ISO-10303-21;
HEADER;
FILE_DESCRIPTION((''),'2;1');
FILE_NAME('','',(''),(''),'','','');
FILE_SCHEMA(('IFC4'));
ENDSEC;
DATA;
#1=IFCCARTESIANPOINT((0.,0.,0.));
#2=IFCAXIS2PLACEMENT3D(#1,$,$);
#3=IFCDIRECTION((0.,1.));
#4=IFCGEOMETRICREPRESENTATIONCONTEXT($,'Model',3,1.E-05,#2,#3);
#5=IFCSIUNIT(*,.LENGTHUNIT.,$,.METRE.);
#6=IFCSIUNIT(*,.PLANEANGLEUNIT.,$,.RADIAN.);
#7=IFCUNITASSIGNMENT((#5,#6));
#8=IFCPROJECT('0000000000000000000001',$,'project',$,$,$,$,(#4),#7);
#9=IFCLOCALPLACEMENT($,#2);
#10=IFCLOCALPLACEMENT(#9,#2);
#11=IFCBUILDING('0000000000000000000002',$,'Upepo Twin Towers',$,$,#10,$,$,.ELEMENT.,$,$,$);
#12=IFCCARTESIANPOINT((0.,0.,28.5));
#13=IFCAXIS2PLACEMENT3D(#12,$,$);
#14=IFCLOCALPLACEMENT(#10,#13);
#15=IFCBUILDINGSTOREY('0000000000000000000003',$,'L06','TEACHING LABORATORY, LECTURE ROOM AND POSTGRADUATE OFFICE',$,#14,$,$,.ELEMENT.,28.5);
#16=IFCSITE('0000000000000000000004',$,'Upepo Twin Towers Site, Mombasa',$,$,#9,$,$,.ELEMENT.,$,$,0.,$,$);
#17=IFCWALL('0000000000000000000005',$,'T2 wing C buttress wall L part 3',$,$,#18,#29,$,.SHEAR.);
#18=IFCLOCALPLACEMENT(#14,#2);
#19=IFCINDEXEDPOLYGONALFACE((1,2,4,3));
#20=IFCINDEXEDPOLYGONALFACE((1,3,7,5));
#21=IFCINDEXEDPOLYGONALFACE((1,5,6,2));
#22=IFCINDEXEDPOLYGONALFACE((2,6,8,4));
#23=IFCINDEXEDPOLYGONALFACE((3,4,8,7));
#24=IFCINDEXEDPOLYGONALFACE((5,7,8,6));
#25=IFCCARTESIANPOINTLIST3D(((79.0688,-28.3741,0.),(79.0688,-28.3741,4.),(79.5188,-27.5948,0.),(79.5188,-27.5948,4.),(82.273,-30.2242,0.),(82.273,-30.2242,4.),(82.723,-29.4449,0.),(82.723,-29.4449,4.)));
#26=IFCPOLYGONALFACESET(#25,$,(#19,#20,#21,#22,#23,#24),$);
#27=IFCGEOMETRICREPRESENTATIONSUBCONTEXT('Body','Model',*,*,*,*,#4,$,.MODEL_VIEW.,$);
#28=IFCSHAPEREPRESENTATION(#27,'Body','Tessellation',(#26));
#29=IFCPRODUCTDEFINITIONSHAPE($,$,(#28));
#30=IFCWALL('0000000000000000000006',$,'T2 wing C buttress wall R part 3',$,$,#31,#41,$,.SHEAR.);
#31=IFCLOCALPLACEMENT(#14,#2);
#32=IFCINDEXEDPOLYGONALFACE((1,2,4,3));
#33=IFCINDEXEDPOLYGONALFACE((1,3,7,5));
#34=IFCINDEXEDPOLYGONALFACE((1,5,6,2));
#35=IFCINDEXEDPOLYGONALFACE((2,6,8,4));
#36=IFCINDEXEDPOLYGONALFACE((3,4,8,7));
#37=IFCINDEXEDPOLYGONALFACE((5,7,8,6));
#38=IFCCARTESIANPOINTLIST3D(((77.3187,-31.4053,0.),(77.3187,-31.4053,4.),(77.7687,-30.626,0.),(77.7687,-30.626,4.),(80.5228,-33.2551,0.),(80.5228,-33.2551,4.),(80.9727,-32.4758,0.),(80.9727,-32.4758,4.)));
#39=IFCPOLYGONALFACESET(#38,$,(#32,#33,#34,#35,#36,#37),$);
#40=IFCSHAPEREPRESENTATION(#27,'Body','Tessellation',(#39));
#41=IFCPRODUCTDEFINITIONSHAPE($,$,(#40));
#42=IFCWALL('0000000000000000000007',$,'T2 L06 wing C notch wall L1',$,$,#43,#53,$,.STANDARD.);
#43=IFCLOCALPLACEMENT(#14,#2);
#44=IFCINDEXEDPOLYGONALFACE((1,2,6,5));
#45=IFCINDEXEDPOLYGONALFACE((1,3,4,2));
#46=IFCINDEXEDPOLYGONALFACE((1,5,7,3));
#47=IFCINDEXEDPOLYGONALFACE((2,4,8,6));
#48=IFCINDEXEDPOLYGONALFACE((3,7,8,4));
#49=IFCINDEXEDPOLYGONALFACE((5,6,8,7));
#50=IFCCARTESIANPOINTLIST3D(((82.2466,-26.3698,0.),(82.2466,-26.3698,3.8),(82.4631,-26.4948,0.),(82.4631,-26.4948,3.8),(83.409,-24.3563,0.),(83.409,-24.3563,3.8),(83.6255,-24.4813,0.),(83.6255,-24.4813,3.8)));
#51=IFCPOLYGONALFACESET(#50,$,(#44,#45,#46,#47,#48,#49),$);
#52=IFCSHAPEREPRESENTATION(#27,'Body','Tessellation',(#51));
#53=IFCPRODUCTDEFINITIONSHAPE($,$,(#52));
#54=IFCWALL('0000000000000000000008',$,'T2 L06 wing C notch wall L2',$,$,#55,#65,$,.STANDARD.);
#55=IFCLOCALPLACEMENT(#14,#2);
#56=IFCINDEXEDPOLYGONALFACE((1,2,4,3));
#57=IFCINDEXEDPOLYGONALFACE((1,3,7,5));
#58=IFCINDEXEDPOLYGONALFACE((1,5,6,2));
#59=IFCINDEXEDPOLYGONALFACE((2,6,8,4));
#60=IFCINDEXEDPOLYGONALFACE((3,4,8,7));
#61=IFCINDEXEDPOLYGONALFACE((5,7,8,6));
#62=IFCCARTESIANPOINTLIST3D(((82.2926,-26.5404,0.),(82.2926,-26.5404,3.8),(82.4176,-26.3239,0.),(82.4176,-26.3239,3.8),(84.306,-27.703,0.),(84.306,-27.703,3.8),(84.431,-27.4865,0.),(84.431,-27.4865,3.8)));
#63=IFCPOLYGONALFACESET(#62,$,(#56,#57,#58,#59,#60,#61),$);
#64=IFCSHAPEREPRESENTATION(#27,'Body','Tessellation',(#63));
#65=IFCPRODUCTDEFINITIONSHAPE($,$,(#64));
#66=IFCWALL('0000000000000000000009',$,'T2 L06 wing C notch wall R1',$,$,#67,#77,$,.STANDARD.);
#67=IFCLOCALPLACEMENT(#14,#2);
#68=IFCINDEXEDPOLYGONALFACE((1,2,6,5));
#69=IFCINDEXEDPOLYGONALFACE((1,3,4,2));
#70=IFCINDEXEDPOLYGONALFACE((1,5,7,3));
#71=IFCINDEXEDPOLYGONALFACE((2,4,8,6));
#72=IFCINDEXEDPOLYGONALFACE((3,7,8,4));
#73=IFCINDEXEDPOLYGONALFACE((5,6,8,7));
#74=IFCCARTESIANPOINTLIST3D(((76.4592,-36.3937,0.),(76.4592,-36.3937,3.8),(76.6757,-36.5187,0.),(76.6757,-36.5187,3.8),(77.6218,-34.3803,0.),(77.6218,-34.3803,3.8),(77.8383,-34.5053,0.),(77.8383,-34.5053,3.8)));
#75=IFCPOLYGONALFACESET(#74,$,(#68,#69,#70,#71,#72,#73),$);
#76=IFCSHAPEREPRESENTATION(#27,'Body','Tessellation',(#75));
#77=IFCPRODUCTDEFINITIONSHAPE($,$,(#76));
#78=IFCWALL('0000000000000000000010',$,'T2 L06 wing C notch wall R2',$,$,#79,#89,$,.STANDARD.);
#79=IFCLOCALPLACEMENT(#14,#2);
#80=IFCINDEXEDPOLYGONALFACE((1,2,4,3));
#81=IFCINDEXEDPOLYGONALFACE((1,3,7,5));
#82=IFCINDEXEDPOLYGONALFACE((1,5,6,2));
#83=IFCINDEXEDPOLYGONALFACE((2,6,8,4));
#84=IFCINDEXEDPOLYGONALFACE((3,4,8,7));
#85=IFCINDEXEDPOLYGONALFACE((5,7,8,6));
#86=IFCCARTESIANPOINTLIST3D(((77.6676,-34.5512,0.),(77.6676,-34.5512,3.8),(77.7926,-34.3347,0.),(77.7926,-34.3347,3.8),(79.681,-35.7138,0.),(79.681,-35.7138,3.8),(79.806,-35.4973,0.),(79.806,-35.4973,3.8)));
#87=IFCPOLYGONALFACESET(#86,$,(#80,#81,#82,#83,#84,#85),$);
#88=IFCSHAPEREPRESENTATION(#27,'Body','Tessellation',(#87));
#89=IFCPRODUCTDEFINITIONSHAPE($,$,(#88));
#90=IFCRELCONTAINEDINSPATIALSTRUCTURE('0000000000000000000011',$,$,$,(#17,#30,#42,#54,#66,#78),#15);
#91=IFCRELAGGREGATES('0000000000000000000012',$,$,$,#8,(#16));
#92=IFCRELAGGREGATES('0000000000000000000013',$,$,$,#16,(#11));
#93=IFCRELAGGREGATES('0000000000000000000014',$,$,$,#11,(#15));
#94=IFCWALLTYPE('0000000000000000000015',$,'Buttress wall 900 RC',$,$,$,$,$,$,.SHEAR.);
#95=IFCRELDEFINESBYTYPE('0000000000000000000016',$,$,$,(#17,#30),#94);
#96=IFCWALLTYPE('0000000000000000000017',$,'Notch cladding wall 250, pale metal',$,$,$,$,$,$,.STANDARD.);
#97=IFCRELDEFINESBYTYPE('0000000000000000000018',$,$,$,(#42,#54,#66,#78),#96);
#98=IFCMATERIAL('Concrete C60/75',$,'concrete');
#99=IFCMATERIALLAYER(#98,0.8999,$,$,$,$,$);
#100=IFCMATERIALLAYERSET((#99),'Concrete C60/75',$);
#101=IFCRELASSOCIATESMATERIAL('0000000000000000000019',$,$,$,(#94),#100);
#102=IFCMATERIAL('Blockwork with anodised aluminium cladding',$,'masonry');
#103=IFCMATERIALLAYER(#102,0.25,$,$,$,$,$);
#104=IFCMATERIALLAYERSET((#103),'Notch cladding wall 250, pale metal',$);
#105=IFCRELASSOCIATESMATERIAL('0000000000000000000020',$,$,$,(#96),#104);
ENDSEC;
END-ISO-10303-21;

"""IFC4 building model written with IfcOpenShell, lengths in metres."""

from ifc_helpers import new_model, si_unit, direction, frame, frame_2d, origin, place, context, subcontext, project, spatial, rectangle, extrude, material, layer, layer_set, type_object, element, save


model = new_model("IFC4")

# Units and contexts
model_context = context("Model", 3, precision=1e-05, world=origin(), true_north=direction((0.0, 1.0)))
body_context = subcontext(model_context, "Body", "Model", "MODEL_VIEW")
ifc_project = project(units=[si_unit("LENGTHUNIT", "METRE"), si_unit("PLANEANGLEUNIT", "RADIAN")], contexts=[model_context])

# Site, building, storey
site_placement = place(None, origin())
site = spatial("IfcSite", under=ifc_project, at=site_placement, Name="Upepo Twin Towers Site, Mombasa", CompositionType="ELEMENT", RefElevation=0.0)
building_placement = place(site_placement, origin())
building = spatial("IfcBuilding", under=site, at=building_placement, Name="Upepo Twin Towers", CompositionType="ELEMENT")
storey_placement = place(building_placement, frame((0.0, 0.0, 28.5)))
storey = spatial("IfcBuildingStorey", under=building, at=storey_placement, Name="L06", Description="TEACHING LABORATORY, LECTURE ROOM AND POSTGRADUATE OFFICE", CompositionType="ELEMENT", Elevation=28.5)

# Walls
ifc_material_1 = material(Name="Concrete C60/75", Category="concrete")
ifc_layer_1 = layer(ifc_material_1, 0.8999)
ifc_layer_set_1 = layer_set([ifc_layer_1], Name="Concrete C60/75")
wall_type_1 = type_object("IfcWallType", Name="Buttress wall 900 RC", PredefinedType="SHEAR", material=ifc_layer_set_1)
wall_1_placement = place(storey_placement, frame((79.2937, -27.9844, 0.0), z_axis=(0.0, 0.0, 1.0), x_axis=(0.866001, -0.500042, 0.0)))
element("IfcWall", 1, at=wall_1_placement, inside=storey, type_object=wall_type_1, Name="T2 wing C buttress wall L part 3", PredefinedType="SHEAR", context=body_context, shape_type="SweptSolid", body=[
    extrude(rectangle(XDim=3.7, YDim=0.8999, at=frame_2d((1.8501, 0.0))), origin(), (0.0, 0.0, 1.0), 4.0),
])
wall_2_placement = place(storey_placement, frame((77.5437, -31.0156, 0.0), z_axis=(0.0, 0.0, 1.0), x_axis=(0.86603, -0.499993, 0.0)))
element("IfcWall", 2, at=wall_2_placement, inside=storey, type_object=wall_type_1, Name="T2 wing C buttress wall R part 3", PredefinedType="SHEAR", context=body_context, shape_type="SweptSolid", body=[
    extrude(rectangle(XDim=3.6997, YDim=0.8999, at=frame_2d((1.8499, 0.0))), origin(), (0.0, 0.0, 1.0), 4.0),
])
ifc_material_2 = material(Name="Blockwork with anodised aluminium cladding", Category="masonry")
ifc_layer_2 = layer(ifc_material_2, 0.25)
ifc_layer_set_2 = layer_set([ifc_layer_2], Name="Notch cladding wall 250, pale metal")
wall_type_2 = type_object("IfcWallType", Name="Notch cladding wall 250, pale metal", PredefinedType="STANDARD", material=ifc_layer_set_2)
for number, where, z_axis, x_axis, name in (
    (3, (83.5173, -24.4187, 0.0), (0.0, 0.0, 1.0), (-0.499968, -0.866044, 0.0), "T2 L06 wing C notch wall L1"),
    (4, (82.355, -26.4321, 0.0), (0.0, 0.0, 1.0), (0.865998, -0.500047, 0.0), "T2 L06 wing C notch wall L2"),
    (5, (76.5674, -36.4563, 0.0), (0.0, 0.0, 1.0), (0.500047, 0.865998, 0.0), "T2 L06 wing C notch wall R1"),
    (6, (77.73, -34.4429, 0.0), (0.0, 0.0, 1.0), (0.865998, -0.500047, 0.0), "T2 L06 wing C notch wall R2"),
):
    element("IfcWall", number, at=place(storey_placement, frame(where, z_axis=z_axis, x_axis=x_axis)), inside=storey, type_object=wall_type_2, Name=name, PredefinedType="STANDARD", context=body_context, shape_type="SweptSolid", body=[
        extrude(rectangle(XDim=2.325, YDim=0.25, at=frame_2d((1.1626, 0.0))), origin(), (0.0, 0.0, 1.0), 3.8),
    ])

save(model, "model.ifc")
